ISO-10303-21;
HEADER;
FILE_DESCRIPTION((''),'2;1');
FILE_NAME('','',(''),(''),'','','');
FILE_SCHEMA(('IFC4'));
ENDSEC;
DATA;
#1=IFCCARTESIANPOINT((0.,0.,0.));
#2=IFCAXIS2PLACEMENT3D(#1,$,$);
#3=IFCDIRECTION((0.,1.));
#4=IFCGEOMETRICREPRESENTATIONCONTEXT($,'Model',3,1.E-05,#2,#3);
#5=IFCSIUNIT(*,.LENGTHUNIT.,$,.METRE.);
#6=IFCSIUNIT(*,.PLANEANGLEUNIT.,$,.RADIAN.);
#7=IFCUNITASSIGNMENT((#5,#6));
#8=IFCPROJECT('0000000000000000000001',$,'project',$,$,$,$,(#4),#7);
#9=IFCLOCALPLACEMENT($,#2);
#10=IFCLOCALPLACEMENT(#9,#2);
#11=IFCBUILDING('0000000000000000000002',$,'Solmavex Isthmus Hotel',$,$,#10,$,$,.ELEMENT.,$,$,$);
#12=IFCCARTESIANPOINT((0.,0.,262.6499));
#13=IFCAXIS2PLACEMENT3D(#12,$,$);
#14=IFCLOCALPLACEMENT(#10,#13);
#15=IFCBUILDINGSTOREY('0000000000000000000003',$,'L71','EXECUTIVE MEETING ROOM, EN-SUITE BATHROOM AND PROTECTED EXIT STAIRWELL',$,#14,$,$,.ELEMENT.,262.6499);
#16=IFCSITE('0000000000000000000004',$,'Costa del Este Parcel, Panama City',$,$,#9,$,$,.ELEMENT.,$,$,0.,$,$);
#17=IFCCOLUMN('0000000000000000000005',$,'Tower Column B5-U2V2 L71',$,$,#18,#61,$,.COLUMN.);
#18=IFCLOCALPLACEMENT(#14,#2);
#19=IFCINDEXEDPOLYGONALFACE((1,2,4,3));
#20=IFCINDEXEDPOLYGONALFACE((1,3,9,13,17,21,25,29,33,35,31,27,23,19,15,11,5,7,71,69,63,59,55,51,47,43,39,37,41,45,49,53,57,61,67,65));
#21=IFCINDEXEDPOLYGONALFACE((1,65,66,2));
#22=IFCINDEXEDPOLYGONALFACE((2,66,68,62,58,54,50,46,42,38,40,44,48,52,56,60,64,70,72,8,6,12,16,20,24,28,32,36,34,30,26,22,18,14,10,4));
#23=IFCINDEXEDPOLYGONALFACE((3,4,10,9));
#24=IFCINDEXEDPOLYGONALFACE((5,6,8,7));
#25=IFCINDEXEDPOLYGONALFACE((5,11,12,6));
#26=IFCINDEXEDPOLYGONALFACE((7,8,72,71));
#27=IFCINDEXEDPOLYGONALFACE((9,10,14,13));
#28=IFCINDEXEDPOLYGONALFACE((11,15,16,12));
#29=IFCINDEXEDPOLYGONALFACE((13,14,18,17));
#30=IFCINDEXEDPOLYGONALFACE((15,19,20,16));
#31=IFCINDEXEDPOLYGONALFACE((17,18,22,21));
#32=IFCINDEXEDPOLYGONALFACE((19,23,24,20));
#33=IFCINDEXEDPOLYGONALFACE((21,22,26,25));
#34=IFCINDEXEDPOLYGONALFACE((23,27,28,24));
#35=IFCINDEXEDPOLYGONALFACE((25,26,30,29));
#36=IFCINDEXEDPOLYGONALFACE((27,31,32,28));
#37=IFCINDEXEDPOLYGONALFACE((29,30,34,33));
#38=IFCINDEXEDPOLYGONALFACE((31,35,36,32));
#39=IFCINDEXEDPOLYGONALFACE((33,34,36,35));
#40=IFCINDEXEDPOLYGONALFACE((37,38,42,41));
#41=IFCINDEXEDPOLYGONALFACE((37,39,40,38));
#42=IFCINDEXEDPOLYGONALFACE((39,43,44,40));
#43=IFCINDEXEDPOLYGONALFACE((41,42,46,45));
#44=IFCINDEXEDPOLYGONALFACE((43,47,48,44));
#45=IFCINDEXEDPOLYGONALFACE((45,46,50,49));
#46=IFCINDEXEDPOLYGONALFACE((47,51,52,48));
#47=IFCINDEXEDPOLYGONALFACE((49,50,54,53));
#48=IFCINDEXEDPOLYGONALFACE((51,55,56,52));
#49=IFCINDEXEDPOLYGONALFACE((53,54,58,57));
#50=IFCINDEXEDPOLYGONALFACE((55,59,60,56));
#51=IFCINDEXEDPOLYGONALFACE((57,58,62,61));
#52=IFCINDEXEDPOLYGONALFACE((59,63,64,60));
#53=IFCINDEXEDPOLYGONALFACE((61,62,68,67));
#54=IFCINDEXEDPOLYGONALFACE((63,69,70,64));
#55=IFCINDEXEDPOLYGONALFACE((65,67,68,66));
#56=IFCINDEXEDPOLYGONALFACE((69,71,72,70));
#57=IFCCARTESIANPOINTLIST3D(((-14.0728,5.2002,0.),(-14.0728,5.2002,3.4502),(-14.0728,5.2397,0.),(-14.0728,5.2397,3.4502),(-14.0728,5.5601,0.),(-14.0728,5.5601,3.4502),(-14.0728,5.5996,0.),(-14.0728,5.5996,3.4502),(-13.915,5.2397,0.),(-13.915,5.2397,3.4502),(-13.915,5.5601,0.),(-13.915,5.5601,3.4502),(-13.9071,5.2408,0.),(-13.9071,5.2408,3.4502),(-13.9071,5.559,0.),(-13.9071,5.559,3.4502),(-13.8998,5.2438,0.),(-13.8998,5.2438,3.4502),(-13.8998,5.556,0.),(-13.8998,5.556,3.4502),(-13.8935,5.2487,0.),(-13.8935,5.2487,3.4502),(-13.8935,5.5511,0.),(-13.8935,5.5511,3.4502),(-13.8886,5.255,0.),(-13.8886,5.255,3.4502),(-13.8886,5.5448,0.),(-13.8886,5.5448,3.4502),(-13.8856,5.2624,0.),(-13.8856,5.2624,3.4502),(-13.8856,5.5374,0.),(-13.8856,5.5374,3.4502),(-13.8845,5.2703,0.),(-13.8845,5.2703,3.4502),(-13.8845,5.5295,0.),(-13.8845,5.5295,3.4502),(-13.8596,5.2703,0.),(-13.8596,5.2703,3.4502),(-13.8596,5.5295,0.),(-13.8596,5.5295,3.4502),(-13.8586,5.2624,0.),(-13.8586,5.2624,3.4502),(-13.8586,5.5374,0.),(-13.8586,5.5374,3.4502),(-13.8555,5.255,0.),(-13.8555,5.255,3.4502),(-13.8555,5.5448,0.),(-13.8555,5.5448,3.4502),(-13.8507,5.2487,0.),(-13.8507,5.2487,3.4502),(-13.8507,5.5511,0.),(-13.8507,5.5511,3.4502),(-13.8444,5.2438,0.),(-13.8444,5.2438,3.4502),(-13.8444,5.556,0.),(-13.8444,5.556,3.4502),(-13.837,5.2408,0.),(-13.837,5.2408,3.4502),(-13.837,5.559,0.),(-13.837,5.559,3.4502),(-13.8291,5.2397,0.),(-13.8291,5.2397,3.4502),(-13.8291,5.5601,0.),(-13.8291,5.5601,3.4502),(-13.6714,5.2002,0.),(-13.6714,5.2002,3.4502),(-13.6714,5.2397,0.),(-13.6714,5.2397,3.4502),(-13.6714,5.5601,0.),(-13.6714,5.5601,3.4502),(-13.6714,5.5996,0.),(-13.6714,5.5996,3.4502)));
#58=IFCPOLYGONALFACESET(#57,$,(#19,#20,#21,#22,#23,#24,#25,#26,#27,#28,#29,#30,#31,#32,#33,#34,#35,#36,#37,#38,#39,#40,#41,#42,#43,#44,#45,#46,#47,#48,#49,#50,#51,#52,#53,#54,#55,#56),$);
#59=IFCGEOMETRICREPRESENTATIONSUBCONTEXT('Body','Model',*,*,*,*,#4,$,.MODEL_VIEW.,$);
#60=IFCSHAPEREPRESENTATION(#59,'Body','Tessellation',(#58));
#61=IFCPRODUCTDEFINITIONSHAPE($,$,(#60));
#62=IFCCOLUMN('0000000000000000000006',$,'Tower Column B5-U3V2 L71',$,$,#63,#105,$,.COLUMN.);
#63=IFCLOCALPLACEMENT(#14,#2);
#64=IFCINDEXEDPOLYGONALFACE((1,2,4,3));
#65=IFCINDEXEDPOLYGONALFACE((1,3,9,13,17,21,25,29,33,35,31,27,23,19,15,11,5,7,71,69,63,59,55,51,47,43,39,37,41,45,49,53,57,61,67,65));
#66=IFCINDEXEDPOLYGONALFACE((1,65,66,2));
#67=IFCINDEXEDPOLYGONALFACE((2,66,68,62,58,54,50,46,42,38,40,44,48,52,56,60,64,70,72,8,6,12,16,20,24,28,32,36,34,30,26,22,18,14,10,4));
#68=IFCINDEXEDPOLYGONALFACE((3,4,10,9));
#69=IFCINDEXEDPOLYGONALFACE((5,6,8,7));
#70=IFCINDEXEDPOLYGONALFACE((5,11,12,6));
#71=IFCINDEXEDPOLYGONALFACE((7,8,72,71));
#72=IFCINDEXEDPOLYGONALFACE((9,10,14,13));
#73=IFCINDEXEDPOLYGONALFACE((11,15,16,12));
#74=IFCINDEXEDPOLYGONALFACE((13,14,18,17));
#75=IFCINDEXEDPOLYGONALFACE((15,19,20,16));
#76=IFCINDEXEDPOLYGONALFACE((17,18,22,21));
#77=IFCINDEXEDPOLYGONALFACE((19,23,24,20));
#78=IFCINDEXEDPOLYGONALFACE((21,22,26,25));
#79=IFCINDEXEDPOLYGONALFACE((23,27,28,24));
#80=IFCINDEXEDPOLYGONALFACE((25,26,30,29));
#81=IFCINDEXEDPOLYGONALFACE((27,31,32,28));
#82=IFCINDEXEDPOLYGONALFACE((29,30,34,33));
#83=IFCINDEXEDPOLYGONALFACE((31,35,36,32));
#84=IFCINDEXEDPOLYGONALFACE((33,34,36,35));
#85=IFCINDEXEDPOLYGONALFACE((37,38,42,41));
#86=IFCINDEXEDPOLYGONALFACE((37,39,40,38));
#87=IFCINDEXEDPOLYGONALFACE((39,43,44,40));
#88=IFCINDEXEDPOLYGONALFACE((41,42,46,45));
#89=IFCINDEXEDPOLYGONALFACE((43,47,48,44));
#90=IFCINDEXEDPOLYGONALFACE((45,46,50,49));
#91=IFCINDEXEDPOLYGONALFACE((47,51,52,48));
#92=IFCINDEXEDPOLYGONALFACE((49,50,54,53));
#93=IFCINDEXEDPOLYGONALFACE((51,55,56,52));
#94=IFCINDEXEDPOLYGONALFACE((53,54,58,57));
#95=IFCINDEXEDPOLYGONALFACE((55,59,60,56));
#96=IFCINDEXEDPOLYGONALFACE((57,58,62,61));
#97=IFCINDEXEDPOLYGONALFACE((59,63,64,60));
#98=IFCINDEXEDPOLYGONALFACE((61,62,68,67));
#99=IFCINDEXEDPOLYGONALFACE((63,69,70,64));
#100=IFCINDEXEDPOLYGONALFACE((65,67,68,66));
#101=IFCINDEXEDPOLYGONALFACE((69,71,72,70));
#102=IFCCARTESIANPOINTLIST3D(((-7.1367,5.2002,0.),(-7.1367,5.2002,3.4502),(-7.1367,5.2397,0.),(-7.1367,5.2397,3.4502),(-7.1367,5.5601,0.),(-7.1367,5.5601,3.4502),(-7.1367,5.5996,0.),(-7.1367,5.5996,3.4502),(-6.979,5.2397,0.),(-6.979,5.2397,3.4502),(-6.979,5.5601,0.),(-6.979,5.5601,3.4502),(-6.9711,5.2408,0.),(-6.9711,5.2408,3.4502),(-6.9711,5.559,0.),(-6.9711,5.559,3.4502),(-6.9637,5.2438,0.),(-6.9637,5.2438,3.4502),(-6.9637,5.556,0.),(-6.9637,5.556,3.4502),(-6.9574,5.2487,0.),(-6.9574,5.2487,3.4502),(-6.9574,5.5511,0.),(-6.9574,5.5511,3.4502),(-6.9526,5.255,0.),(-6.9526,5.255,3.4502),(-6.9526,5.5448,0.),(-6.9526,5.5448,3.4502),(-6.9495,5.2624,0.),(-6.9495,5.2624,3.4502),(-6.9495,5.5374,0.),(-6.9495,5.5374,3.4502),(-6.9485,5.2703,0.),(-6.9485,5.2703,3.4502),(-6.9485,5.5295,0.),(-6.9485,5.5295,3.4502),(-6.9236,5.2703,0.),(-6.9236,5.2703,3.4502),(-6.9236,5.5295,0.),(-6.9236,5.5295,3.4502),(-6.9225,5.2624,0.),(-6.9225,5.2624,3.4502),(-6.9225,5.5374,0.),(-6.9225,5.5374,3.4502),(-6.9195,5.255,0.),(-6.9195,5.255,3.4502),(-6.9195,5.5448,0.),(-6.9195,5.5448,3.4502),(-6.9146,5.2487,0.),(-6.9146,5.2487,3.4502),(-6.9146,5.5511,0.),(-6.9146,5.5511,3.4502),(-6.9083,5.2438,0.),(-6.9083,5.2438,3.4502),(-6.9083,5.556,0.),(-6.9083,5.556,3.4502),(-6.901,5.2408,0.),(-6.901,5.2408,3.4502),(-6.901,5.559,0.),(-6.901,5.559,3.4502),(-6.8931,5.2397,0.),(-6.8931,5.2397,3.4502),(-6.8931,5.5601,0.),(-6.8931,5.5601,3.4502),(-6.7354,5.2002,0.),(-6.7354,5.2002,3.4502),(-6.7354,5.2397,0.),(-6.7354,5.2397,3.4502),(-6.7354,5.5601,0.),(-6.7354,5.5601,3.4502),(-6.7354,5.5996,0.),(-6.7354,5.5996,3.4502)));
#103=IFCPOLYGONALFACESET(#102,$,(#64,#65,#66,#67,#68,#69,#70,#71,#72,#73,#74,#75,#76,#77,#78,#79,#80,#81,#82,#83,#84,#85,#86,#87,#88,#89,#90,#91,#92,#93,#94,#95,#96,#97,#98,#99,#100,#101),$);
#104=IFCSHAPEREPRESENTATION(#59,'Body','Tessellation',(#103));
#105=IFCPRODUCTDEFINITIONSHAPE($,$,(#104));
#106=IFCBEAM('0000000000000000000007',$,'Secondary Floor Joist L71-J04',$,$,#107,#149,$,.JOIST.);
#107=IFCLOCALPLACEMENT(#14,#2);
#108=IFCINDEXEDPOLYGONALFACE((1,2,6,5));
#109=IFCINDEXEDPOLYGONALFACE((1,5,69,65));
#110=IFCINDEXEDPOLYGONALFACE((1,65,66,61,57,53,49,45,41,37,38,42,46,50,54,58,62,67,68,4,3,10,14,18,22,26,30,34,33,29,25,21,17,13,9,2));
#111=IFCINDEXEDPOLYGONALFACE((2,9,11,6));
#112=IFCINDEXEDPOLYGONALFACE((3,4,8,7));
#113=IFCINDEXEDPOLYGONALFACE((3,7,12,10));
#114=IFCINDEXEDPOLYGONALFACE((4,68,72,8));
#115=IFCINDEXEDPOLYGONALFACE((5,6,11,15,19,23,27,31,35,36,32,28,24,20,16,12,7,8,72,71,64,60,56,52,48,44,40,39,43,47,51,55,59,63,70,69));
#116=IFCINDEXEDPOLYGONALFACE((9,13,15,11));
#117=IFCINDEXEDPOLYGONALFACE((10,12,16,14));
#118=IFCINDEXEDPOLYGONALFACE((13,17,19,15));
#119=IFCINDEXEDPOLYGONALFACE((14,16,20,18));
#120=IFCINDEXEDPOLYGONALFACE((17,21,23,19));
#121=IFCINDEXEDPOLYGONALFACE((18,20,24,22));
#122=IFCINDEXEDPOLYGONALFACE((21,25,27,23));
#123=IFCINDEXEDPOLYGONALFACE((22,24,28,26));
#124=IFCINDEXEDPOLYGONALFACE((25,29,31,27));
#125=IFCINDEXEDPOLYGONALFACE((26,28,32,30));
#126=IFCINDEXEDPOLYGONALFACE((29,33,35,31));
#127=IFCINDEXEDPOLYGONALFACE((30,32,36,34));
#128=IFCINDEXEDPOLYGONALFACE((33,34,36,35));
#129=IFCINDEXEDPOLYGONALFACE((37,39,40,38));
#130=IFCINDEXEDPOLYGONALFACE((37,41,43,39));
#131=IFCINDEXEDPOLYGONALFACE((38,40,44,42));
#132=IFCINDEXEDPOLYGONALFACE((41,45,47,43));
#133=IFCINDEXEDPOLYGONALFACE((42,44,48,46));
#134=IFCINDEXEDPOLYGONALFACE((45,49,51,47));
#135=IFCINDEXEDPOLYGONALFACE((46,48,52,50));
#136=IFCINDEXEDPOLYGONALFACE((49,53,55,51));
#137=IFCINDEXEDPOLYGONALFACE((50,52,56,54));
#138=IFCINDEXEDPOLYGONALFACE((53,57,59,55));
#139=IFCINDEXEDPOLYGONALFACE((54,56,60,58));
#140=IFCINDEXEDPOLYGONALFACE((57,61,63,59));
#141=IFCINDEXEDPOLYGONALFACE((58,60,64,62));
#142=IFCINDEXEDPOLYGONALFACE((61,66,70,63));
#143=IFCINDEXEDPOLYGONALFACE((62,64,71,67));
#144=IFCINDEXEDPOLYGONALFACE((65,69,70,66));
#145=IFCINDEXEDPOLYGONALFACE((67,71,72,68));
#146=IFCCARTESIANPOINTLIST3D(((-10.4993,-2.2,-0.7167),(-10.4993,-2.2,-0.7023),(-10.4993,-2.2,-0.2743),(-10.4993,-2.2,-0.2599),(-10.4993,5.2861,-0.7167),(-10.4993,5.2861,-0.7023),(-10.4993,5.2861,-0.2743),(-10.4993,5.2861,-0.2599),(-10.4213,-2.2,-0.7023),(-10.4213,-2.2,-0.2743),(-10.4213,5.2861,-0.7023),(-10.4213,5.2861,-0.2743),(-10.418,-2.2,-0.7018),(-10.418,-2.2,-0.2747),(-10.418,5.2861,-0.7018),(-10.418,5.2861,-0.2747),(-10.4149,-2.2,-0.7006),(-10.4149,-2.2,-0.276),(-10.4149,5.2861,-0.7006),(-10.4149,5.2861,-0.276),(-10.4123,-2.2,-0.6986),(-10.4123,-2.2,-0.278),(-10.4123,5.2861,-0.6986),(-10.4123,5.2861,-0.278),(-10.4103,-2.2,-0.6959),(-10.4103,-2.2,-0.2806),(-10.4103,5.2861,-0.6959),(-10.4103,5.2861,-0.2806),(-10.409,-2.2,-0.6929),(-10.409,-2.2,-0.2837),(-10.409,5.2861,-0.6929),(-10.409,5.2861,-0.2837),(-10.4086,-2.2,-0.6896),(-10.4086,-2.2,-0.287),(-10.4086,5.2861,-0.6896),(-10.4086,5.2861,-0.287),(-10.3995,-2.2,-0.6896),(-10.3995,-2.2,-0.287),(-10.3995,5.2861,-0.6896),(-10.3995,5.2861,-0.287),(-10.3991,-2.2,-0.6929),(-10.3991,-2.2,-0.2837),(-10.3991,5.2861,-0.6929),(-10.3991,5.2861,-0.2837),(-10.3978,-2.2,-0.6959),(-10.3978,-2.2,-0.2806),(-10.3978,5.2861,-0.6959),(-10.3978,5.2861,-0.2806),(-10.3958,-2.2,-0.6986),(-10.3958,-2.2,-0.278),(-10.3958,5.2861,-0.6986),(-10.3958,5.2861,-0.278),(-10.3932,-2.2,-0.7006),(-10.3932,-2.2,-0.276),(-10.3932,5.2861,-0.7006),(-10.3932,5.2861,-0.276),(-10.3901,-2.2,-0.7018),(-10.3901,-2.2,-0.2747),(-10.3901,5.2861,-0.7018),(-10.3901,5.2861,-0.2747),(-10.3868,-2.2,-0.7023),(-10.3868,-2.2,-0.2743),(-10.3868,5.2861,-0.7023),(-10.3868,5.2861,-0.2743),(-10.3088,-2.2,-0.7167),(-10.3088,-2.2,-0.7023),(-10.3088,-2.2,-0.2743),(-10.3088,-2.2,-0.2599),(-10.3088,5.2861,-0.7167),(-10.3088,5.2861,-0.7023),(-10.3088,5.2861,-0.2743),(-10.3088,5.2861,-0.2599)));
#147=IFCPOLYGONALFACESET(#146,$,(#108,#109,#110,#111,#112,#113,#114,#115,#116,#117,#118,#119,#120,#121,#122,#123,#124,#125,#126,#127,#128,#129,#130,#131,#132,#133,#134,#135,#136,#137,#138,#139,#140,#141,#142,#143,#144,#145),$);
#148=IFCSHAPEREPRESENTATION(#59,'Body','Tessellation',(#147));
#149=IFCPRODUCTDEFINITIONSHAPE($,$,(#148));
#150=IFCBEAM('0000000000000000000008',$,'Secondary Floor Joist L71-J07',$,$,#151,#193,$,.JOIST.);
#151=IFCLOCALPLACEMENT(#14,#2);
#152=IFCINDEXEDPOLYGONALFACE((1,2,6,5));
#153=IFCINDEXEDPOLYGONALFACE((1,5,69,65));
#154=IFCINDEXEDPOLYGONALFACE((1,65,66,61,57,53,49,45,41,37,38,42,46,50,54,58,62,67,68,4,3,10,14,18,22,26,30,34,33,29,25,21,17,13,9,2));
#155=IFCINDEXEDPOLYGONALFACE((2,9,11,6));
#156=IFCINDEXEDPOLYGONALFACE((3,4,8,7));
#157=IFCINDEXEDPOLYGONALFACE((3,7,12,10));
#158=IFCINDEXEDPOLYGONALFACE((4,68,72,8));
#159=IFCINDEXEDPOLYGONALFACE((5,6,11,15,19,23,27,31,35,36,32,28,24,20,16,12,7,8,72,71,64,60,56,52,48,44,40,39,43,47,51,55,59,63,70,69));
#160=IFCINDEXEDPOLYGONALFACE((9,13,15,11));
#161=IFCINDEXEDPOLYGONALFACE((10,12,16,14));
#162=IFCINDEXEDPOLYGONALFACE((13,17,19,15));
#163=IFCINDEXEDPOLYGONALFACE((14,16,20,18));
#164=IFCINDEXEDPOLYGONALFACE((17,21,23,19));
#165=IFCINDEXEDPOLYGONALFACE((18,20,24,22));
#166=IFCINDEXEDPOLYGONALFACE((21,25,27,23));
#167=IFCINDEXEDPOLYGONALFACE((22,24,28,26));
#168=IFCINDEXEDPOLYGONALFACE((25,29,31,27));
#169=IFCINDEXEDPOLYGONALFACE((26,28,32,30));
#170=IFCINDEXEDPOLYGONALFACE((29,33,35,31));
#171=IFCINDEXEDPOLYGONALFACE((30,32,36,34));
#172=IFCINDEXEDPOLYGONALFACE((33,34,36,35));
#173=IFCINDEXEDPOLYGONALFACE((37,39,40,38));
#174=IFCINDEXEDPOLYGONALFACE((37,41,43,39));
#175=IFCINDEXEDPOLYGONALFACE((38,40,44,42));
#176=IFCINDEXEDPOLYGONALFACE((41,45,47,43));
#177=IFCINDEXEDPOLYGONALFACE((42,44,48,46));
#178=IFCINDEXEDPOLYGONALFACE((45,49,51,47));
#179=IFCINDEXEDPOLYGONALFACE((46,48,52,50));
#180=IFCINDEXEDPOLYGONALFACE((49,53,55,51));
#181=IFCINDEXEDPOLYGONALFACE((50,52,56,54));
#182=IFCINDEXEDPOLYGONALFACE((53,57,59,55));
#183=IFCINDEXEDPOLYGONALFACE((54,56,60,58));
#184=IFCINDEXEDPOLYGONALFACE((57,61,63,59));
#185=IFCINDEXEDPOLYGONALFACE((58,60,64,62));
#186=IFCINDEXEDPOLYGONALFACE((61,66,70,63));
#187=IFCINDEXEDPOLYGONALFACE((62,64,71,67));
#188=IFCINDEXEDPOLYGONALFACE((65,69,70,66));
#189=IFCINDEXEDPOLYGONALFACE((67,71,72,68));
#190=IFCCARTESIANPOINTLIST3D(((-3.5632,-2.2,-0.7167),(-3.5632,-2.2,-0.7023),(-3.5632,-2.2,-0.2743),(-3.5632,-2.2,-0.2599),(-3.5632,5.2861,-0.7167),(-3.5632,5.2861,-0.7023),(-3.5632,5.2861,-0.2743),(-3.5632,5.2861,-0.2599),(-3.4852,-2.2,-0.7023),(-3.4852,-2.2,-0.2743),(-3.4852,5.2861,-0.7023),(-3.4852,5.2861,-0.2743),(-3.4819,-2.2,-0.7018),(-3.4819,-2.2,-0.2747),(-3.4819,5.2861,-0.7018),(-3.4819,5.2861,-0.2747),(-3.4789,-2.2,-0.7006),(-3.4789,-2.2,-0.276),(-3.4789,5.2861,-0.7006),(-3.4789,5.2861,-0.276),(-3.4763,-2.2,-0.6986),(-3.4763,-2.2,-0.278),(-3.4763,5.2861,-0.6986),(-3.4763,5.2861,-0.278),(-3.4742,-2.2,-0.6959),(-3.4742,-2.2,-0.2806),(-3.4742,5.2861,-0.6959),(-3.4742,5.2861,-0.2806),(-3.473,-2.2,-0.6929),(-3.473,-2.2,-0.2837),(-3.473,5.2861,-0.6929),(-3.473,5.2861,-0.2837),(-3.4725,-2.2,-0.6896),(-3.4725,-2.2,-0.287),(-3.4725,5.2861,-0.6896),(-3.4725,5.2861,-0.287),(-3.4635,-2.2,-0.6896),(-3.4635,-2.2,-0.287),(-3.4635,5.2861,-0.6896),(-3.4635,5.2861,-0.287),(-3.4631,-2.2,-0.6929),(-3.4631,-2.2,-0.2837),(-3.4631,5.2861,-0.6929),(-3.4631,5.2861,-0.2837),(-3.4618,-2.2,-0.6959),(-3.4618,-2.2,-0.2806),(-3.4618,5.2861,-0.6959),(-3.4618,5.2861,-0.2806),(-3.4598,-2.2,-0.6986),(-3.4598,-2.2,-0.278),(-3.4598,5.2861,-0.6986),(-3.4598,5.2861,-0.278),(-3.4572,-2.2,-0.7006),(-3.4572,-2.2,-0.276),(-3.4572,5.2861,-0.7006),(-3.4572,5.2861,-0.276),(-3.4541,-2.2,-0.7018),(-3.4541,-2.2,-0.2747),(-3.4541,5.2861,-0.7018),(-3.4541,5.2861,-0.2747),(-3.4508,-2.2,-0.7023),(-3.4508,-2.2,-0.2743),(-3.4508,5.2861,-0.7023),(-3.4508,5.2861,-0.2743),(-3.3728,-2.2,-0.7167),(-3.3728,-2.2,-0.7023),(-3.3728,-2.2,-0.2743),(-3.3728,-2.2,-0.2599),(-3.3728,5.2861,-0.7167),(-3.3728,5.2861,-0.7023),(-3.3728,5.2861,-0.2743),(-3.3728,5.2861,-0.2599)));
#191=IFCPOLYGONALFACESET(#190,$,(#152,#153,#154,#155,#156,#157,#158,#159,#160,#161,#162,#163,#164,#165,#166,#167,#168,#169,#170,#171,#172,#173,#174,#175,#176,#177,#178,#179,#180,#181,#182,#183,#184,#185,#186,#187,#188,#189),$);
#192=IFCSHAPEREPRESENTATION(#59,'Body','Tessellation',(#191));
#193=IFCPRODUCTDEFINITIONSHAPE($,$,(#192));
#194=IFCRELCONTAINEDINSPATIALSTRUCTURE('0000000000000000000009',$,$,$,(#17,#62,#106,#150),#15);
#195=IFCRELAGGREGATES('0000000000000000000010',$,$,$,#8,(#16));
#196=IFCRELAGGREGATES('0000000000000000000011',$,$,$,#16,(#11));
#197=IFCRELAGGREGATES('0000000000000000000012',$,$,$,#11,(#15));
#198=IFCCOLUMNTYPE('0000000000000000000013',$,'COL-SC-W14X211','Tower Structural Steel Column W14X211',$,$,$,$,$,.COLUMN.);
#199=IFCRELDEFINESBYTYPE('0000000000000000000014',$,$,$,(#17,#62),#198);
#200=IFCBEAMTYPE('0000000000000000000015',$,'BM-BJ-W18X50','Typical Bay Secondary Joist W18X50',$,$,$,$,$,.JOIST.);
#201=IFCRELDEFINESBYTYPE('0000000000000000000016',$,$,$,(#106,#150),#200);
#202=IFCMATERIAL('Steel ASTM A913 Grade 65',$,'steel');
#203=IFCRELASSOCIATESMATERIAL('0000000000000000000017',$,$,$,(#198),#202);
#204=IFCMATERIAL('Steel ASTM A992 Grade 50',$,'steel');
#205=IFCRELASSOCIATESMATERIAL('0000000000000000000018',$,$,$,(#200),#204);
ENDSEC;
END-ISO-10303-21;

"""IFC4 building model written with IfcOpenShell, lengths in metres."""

from ifc_helpers import new_model, si_unit, direction, frame, origin, origin_2d, place, context, subcontext, project, spatial, i_section, extrude, material, material_profile, profile_set, type_object, element, save


model = new_model("IFC4")

# Units and contexts
model_context = context("Model", 3, precision=1e-05, world=origin(), true_north=direction((0.0, 1.0)))
body_context = subcontext(model_context, "Body", "Model", "MODEL_VIEW")
ifc_project = project(units=[si_unit("LENGTHUNIT", "METRE"), si_unit("PLANEANGLEUNIT", "RADIAN")], contexts=[model_context])

# Site, building, storey
site_placement = place(None, origin())
site = spatial("IfcSite", under=ifc_project, at=site_placement, Name="Costa del Este Parcel, Panama City", CompositionType="ELEMENT", RefElevation=0.0)
building_placement = place(site_placement, origin())
building = spatial("IfcBuilding", under=site, at=building_placement, Name="Solmavex Isthmus Hotel", CompositionType="ELEMENT")
storey_placement = place(building_placement, frame((0.0, 0.0, 262.6499)))
storey = spatial("IfcBuildingStorey", under=building, at=storey_placement, Name="L71", Description="EXECUTIVE MEETING ROOM, EN-SUITE BATHROOM AND PROTECTED EXIT STAIRWELL", CompositionType="ELEMENT", Elevation=262.6499)

# Columns
ifc_material_1 = material(Name="Steel ASTM A913 Grade 65", Category="steel")
ifc_material_profile_1 = material_profile(ifc_material_1, i_section(OverallWidth=0.4014, OverallDepth=0.3994, WebThickness=0.0249, FlangeThickness=0.0396, FilletRadius=0.0305, at=origin_2d()), Name="W14X211")
ifc_profile_set_1 = profile_set([ifc_material_profile_1], Name="Steel ASTM A913 Grade 65")
column_type = type_object("IfcColumnType", Name="COL-SC-W14X211", Description="Tower Structural Steel Column W14X211", PredefinedType="COLUMN", material=ifc_profile_set_1)
for number, where, z_axis, x_axis, name in (
    (1, (-13.8721, 5.3999, 0.0), (0.0, 0.0, 1.0), (1.0, 0.0, 0.0), "Tower Column B5-U2V2 L71"),
    (2, (-6.936, 5.3999, 0.0), (0.0, 0.0, 1.0), (1.0, 0.0, 0.0), "Tower Column B5-U3V2 L71"),
):
    element("IfcColumn", number, at=place(storey_placement, frame(where, z_axis=z_axis, x_axis=x_axis)), inside=storey, type_object=column_type, Name=name, PredefinedType="COLUMN", context=body_context, shape_type="SweptSolid", body=[
        extrude(i_section(OverallWidth=0.4014, OverallDepth=0.3994, WebThickness=0.0249, FlangeThickness=0.0396, FilletRadius=0.0305, at=origin_2d()), origin(), (0.0, 0.0, 1.0), 3.4502),
    ])

# Beams
ifc_material_2 = material(Name="Steel ASTM A992 Grade 50", Category="steel")
ifc_material_profile_2 = material_profile(ifc_material_2, i_section(OverallWidth=0.1904, OverallDepth=0.4568, WebThickness=0.009, FlangeThickness=0.0144, FilletRadius=0.0127, at=origin_2d()), Name="W18X50")
ifc_profile_set_2 = profile_set([ifc_material_profile_2], Name="Steel ASTM A992 Grade 50")
beam_type_1 = type_object("IfcBeamType", Name="BM-BJ-W18X50", Description="Typical Bay Secondary Joist W18X50", PredefinedType="JOIST", material=ifc_profile_set_2)
for number, where, z_axis, x_axis, name in (
    (3, (-10.4041, -2.2, -0.4883), (0.0, 1.0, 0.0), (-1.0, 0.0, 0.0), "Secondary Floor Joist L71-J04"),
    (4, (-3.468, -2.2, -0.4883), (0.0, 1.0, 0.0), (-1.0, 0.0, 0.0), "Secondary Floor Joist L71-J07"),
):
    element("IfcBeam", number, at=place(storey_placement, frame(where, z_axis=z_axis, x_axis=x_axis)), inside=storey, type_object=beam_type_1, Name=name, PredefinedType="JOIST", context=body_context, shape_type="SweptSolid", body=[
        extrude(i_section(OverallWidth=0.1904, OverallDepth=0.4568, WebThickness=0.009, FlangeThickness=0.0144, FilletRadius=0.0127, at=origin_2d()), origin(), (0.0, 0.0, 1.0), 7.4861),
    ])

save(model, "model.ifc")
